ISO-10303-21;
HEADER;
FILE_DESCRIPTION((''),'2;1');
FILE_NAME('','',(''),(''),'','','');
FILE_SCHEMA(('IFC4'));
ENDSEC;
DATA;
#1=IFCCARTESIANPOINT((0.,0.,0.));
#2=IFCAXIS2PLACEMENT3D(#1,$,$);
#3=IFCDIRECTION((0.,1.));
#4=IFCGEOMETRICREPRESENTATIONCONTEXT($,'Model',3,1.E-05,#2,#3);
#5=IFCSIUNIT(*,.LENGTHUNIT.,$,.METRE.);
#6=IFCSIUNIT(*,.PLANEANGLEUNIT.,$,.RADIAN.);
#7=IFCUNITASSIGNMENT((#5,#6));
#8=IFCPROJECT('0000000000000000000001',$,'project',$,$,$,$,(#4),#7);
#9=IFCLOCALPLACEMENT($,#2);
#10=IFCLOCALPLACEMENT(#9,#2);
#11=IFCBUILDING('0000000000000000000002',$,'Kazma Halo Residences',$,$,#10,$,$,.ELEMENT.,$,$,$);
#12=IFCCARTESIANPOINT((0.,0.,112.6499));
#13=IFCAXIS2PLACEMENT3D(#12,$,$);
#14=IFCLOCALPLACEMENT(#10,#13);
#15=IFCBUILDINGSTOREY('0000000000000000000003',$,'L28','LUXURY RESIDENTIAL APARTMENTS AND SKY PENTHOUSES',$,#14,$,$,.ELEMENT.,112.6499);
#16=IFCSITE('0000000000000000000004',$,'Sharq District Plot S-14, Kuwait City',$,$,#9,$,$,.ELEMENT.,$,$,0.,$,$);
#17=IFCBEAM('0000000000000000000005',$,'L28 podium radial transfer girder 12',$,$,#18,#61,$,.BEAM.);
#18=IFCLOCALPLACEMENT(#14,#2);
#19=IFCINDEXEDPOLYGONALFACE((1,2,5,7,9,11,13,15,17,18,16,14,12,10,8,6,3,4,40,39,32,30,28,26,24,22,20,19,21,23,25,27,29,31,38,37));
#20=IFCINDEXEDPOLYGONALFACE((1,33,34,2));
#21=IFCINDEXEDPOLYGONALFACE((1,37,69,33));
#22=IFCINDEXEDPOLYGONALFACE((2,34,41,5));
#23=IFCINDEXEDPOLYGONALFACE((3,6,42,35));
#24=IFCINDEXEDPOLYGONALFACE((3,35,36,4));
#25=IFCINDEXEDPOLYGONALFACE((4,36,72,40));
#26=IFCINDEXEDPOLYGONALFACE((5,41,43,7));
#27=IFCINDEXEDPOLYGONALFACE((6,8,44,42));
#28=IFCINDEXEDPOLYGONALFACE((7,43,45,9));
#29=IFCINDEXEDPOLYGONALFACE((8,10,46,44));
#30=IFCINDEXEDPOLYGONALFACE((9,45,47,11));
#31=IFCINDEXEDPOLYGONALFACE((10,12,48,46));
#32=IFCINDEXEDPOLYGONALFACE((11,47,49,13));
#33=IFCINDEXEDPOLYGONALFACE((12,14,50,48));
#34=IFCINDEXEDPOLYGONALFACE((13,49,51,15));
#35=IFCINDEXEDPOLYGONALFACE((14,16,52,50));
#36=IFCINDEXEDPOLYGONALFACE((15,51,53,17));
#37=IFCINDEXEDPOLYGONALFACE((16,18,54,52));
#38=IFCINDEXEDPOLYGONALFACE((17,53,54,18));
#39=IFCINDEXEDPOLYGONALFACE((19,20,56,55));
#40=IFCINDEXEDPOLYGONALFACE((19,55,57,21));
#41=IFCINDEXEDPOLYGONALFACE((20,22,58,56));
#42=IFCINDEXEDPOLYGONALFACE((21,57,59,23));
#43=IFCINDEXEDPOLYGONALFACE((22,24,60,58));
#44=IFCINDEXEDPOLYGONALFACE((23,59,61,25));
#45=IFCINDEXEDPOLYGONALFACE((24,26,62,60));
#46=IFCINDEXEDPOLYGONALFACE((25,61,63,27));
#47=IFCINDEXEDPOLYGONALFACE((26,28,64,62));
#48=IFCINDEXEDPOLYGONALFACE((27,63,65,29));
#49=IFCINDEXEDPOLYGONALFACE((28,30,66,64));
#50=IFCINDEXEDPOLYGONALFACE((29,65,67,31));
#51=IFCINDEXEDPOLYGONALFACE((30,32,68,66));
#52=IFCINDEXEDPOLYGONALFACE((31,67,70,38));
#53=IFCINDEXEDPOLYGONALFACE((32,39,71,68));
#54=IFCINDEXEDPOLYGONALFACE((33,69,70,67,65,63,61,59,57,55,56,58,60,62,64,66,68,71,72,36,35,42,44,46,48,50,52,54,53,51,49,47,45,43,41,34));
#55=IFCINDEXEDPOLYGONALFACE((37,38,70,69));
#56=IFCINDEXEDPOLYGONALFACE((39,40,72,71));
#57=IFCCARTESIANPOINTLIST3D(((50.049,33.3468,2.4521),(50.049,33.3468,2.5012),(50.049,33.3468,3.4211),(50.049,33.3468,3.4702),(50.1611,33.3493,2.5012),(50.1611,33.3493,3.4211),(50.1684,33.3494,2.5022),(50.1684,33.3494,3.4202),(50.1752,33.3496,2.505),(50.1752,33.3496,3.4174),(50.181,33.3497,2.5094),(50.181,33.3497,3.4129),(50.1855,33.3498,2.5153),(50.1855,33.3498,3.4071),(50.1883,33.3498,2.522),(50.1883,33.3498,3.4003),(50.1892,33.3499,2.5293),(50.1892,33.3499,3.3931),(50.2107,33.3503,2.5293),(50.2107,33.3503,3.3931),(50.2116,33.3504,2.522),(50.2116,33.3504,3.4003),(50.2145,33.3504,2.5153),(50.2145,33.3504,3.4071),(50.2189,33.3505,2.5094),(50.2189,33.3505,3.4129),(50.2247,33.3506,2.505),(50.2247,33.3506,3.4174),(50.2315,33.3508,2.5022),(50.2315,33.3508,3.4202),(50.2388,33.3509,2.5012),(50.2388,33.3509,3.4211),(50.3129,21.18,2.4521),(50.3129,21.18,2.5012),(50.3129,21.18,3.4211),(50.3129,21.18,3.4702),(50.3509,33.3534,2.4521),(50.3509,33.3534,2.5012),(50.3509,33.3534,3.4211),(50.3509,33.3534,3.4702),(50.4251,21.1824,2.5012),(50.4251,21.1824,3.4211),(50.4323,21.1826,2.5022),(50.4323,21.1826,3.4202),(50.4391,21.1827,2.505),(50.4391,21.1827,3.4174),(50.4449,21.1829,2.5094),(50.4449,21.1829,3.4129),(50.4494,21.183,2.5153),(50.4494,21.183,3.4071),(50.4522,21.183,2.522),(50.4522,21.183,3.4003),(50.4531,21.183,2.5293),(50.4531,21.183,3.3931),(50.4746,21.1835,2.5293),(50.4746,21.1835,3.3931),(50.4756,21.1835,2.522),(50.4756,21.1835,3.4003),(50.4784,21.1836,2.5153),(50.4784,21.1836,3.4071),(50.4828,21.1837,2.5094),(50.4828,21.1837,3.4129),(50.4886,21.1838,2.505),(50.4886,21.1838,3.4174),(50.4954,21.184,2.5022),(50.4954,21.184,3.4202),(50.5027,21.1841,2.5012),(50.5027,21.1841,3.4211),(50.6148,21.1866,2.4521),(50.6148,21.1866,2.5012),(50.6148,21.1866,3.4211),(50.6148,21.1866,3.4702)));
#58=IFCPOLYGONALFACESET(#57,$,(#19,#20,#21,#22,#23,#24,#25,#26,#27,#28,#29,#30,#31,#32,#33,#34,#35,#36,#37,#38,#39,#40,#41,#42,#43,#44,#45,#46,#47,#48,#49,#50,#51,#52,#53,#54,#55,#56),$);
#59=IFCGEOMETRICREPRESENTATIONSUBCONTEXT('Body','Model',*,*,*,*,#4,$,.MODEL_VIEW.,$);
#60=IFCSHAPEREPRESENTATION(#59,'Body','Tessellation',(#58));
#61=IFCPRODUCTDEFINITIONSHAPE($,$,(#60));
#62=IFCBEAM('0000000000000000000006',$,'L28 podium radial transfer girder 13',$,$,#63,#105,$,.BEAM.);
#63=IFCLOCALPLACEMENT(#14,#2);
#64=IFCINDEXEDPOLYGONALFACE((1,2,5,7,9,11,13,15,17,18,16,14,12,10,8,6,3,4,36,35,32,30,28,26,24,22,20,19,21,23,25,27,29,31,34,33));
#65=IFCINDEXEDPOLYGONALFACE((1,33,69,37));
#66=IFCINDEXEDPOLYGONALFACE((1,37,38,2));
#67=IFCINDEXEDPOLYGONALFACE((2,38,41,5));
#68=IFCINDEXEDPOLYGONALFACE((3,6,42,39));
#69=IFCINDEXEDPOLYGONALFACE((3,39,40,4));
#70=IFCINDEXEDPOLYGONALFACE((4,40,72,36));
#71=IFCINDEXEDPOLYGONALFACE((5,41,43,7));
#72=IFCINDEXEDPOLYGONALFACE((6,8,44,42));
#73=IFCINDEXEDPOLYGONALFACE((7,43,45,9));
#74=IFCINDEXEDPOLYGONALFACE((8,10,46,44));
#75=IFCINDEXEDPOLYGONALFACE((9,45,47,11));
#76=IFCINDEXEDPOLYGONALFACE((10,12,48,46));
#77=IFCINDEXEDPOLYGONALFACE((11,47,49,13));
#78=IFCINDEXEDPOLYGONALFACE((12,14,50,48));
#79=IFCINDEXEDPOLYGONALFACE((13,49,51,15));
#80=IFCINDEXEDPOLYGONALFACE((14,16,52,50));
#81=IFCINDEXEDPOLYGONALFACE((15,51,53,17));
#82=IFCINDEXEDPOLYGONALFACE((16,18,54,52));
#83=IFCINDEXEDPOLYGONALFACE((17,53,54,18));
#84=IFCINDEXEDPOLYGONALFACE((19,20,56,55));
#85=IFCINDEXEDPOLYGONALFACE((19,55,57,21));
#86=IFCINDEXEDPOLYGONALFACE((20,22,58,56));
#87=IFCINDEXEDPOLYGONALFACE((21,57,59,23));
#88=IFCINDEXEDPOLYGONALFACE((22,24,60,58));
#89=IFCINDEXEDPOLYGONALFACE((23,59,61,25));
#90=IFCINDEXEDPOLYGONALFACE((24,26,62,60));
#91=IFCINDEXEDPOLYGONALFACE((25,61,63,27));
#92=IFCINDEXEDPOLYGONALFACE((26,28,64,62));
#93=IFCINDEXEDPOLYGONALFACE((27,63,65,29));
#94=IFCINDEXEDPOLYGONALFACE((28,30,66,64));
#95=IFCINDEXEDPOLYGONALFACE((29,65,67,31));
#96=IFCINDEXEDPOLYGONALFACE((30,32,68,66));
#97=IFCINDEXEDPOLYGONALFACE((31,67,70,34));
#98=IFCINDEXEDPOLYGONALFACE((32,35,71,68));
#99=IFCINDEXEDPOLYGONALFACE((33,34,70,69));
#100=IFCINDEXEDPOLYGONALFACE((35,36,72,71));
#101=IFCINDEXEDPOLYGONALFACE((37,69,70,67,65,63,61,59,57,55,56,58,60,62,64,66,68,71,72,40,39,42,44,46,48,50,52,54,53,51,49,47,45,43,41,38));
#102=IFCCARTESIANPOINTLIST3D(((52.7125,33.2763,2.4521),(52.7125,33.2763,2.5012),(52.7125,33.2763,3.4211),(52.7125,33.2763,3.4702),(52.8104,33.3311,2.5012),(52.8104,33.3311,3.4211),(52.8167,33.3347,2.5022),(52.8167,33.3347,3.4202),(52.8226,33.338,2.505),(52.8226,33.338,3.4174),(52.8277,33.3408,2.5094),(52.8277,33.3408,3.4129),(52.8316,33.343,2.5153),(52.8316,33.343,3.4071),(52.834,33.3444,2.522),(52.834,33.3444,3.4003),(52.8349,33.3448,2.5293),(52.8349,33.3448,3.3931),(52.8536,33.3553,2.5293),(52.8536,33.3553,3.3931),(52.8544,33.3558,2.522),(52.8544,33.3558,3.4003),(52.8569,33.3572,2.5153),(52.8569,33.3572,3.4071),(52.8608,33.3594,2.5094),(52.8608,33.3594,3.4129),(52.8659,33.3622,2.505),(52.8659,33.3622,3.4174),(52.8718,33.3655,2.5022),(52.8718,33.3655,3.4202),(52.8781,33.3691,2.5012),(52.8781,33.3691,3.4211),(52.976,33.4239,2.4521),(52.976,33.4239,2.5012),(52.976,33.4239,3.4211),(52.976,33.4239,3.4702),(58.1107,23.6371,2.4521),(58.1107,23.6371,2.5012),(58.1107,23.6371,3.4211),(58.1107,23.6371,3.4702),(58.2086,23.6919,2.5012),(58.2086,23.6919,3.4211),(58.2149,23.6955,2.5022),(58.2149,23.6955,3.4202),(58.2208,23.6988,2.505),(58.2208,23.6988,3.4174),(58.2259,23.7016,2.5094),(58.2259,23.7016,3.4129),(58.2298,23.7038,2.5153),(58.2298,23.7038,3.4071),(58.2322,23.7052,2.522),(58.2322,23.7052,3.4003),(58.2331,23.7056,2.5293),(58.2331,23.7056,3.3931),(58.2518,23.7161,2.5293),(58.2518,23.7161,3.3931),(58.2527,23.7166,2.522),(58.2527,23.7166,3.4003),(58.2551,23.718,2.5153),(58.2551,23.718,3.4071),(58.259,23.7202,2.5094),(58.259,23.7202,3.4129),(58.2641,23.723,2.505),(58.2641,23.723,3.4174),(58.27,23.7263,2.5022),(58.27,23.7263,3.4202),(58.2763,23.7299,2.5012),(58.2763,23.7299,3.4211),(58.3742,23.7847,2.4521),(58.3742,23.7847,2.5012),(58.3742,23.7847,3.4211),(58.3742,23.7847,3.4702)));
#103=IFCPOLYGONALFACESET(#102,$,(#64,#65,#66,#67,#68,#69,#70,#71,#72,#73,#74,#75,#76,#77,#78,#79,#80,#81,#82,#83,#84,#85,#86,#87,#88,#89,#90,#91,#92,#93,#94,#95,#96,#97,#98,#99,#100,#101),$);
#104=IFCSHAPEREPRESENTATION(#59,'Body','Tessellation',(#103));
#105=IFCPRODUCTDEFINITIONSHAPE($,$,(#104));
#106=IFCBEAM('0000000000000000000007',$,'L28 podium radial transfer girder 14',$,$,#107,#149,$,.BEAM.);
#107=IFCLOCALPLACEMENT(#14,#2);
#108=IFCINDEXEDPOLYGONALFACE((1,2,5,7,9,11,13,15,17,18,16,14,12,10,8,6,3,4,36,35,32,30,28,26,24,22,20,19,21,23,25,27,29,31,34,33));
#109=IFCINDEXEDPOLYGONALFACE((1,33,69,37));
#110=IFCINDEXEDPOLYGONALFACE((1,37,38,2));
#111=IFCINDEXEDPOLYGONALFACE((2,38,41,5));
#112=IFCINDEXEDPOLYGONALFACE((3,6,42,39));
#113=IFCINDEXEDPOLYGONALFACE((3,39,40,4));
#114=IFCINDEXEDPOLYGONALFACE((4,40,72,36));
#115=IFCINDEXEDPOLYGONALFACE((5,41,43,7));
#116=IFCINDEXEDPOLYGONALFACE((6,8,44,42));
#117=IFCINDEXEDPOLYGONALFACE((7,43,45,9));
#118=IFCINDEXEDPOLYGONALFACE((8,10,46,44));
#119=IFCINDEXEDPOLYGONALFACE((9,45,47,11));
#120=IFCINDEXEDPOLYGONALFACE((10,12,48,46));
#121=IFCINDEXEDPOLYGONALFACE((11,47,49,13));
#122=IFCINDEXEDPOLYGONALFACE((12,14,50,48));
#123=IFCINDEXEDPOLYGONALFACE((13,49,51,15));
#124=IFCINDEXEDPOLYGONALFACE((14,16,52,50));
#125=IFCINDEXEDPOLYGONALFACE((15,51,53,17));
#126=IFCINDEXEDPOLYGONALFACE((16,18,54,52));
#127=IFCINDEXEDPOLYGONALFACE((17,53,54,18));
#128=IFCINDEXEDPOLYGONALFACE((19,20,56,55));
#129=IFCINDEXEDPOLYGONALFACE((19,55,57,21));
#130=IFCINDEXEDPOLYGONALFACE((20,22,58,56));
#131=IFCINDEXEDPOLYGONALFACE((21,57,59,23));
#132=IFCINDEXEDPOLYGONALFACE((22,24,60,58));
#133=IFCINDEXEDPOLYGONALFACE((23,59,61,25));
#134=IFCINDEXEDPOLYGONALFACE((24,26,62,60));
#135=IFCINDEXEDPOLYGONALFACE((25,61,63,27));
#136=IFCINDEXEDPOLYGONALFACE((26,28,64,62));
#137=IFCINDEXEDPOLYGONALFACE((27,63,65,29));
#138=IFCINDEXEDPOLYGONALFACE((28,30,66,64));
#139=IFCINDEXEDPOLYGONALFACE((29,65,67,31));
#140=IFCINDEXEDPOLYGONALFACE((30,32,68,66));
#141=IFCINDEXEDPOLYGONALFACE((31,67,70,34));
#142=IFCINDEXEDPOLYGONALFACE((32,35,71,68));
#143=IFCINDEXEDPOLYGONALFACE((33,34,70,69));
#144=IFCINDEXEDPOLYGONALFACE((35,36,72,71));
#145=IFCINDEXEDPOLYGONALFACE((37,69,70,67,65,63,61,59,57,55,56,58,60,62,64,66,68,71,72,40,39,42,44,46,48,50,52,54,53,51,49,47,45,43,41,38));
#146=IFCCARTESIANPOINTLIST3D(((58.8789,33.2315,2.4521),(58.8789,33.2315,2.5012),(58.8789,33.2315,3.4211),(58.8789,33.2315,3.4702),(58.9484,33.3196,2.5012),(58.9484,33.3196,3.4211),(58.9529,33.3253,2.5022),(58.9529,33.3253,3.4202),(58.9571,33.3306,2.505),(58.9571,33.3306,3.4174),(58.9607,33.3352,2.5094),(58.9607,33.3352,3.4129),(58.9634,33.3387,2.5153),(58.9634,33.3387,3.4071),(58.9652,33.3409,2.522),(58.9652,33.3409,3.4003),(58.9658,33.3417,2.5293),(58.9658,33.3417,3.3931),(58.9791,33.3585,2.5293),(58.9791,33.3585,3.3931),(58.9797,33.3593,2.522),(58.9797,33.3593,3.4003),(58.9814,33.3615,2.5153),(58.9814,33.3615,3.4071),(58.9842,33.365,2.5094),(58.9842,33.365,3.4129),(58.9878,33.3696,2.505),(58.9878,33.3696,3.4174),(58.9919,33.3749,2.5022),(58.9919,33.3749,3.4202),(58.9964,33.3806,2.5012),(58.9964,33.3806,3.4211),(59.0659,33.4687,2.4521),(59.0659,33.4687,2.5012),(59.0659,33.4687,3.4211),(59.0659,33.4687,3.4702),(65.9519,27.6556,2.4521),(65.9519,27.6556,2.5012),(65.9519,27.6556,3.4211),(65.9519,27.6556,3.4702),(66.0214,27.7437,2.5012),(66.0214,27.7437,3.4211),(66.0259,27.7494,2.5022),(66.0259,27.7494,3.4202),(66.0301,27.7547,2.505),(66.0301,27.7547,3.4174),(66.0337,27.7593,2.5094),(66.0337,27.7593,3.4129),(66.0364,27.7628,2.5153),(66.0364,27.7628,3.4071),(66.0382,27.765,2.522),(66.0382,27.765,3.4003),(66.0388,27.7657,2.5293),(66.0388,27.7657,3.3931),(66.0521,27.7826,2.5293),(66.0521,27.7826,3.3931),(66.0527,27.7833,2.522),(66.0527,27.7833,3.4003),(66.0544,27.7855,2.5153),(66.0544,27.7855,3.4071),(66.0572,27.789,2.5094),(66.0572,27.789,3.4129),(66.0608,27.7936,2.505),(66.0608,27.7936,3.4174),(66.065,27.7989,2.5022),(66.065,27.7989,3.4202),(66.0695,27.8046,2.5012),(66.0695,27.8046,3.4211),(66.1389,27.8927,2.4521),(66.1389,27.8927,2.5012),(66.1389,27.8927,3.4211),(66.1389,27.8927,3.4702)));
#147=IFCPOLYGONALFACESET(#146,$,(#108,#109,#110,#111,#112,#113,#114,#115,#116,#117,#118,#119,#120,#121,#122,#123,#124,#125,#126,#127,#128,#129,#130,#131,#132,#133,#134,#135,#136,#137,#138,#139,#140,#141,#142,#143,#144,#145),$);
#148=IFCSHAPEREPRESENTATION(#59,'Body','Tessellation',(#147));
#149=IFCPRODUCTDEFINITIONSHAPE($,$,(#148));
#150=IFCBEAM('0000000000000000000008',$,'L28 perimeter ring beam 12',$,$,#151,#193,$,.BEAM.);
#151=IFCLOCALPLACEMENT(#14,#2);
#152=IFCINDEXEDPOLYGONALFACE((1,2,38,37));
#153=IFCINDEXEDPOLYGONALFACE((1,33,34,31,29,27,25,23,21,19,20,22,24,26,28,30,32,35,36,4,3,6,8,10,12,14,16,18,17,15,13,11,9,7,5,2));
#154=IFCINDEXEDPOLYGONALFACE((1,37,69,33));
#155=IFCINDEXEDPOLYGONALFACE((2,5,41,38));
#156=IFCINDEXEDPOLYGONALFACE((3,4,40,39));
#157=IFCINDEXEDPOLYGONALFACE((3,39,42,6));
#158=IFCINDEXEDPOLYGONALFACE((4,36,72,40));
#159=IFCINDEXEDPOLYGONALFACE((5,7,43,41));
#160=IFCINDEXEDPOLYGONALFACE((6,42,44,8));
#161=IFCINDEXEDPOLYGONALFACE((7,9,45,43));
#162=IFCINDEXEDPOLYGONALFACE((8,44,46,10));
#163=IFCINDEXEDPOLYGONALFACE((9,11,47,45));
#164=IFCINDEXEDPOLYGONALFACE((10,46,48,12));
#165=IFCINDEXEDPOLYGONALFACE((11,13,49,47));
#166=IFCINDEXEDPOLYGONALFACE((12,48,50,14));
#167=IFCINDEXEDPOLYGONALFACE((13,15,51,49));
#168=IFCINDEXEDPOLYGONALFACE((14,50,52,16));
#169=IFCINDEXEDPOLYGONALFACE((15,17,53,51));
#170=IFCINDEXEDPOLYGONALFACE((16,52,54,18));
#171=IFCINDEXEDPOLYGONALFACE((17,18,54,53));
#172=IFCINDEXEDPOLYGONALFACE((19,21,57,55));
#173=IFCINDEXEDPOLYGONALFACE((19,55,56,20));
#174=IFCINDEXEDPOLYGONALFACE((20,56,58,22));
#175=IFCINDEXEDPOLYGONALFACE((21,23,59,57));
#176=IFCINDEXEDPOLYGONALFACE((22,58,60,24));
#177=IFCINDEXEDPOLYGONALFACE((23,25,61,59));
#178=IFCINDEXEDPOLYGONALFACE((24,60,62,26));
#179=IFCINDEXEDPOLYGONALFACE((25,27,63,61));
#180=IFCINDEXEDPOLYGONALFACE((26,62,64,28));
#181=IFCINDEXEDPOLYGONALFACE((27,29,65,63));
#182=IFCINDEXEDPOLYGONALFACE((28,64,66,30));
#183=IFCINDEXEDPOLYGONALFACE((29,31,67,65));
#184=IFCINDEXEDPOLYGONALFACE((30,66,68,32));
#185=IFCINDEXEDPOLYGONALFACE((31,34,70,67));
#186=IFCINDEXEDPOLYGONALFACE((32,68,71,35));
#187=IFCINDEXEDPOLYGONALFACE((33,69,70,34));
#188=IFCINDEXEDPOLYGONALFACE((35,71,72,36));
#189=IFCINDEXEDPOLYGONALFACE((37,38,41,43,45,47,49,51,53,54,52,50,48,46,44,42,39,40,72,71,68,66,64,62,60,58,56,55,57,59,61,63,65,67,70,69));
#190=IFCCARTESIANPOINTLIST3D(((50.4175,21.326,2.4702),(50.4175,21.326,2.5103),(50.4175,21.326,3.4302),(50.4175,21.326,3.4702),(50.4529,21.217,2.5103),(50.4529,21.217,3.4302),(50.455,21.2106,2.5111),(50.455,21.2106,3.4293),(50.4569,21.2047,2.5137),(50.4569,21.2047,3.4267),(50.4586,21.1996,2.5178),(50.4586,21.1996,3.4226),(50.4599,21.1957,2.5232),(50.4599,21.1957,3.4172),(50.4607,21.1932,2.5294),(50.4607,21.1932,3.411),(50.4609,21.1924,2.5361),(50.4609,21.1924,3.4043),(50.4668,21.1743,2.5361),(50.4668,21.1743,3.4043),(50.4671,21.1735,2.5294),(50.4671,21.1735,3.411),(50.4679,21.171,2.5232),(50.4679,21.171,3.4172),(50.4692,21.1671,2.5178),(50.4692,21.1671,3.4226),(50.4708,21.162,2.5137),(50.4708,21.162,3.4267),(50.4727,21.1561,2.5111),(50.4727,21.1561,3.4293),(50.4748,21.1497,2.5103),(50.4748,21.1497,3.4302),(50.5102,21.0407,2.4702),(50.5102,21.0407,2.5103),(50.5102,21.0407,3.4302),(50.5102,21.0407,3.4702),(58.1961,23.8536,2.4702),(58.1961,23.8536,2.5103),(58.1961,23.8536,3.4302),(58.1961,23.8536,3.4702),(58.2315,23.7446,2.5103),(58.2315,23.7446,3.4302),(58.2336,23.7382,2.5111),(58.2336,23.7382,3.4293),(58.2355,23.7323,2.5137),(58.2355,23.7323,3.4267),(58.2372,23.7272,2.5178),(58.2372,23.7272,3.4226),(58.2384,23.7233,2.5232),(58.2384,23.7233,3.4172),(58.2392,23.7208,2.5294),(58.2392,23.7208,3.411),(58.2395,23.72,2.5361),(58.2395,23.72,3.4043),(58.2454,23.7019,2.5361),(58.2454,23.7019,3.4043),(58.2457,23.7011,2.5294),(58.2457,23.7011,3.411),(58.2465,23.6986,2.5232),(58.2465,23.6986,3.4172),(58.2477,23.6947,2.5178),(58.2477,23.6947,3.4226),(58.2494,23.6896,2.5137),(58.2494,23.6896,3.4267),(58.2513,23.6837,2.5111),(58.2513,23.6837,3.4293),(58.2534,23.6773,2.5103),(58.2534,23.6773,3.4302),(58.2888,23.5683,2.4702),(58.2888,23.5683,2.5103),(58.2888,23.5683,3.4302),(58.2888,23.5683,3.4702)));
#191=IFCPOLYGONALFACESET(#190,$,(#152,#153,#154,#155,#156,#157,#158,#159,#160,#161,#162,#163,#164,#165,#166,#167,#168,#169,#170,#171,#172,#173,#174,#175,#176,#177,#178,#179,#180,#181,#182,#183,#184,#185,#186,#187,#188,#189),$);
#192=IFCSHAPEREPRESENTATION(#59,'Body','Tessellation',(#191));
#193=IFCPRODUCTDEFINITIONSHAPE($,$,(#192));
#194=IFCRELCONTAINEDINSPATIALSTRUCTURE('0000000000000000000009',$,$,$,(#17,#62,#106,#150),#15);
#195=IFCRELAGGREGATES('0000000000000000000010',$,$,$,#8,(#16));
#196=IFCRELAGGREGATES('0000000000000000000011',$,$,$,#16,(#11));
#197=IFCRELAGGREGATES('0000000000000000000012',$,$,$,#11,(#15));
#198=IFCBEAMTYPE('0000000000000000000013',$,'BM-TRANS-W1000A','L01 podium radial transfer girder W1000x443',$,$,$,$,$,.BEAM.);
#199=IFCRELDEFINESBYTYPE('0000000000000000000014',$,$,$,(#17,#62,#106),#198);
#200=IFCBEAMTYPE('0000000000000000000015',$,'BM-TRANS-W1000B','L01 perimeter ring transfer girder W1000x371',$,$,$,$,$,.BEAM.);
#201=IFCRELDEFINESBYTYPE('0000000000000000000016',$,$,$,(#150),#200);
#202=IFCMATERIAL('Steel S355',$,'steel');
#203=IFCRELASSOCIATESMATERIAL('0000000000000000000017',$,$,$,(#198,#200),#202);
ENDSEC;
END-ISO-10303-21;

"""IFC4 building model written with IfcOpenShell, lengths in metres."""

from ifc_helpers import new_model, si_unit, direction, frame, origin, origin_2d, place, context, subcontext, project, spatial, i_section, extrude, material, material_profile, profile_set, type_object, element, save


model = new_model("IFC4")

# Units and contexts
model_context = context("Model", 3, precision=1e-05, world=origin(), true_north=direction((0.0, 1.0)))
body_context = subcontext(model_context, "Body", "Model", "MODEL_VIEW")
ifc_project = project(units=[si_unit("LENGTHUNIT", "METRE"), si_unit("PLANEANGLEUNIT", "RADIAN")], contexts=[model_context])

# Site, building, storey
site_placement = place(None, origin())
site = spatial("IfcSite", under=ifc_project, at=site_placement, Name="Sharq District Plot S-14, Kuwait City", CompositionType="ELEMENT", RefElevation=0.0)
building_placement = place(site_placement, origin())
building = spatial("IfcBuilding", under=site, at=building_placement, Name="Kazma Halo Residences", CompositionType="ELEMENT")
storey_placement = place(building_placement, frame((0.0, 0.0, 112.6499)))
storey = spatial("IfcBuildingStorey", under=building, at=storey_placement, Name="L28", Description="LUXURY RESIDENTIAL APARTMENTS AND SKY PENTHOUSES", CompositionType="ELEMENT", Elevation=112.6499)

# Beams
ifc_material_1 = material(Name="Steel S355", Category="steel")
ifc_material_profile_1 = material_profile(ifc_material_1, i_section(OverallWidth=0.302, OverallDepth=1.0181, WebThickness=0.0215, FlangeThickness=0.0491, FilletRadius=0.0281, at=origin_2d()), Name="W1000x443")
ifc_profile_set_1 = profile_set([ifc_material_profile_1], Name="Steel S355")
beam_type_1 = type_object("IfcBeamType", Name="BM-TRANS-W1000A", Description="L01 podium radial transfer girder W1000x443", PredefinedType="BEAM", material=ifc_profile_set_1)
beam_1_placement = place(storey_placement, frame((50.2, 33.3501, 2.9612), z_axis=(0.021686, -0.999765, 0.0), x_axis=(0.999765, 0.021686, 0.0)))
element("IfcBeam", 1, at=beam_1_placement, inside=storey, type_object=beam_type_1, Name="L28 podium radial transfer girder 12", PredefinedType="BEAM", context=body_context, shape_type="SweptSolid", body=[
    extrude(i_section(OverallWidth=0.302, OverallDepth=1.0181, WebThickness=0.0215, FlangeThickness=0.0491, FilletRadius=0.0281, at=origin_2d()), origin(), (0.0, 0.0, 1.0), 12.1697),
])
beam_2_placement = place(storey_placement, frame((52.8442, 33.3501, 2.9612), z_axis=(0.488622, -0.872496, 0.0), x_axis=(0.872496, 0.488622, 0.0)))
element("IfcBeam", 2, at=beam_2_placement, inside=storey, type_object=beam_type_1, Name="L28 podium radial transfer girder 13", PredefinedType="BEAM", context=body_context, shape_type="SweptSolid", body=[
    extrude(i_section(OverallWidth=0.302, OverallDepth=1.0181, WebThickness=0.0215, FlangeThickness=0.0491, FilletRadius=0.0281, at=origin_2d()), origin(), (0.0, 0.0, 1.0), 11.0479),
])
beam_3_placement = place(storey_placement, frame((58.9724, 33.3501, 2.9612), z_axis=(0.785316, -0.619096, 0.0), x_axis=(0.619096, 0.785316, 0.0)))
element("IfcBeam", 3, at=beam_3_placement, inside=storey, type_object=beam_type_1, Name="L28 podium radial transfer girder 14", PredefinedType="BEAM", context=body_context, shape_type="SweptSolid", body=[
    extrude(i_section(OverallWidth=0.302, OverallDepth=1.0181, WebThickness=0.0215, FlangeThickness=0.0491, FilletRadius=0.0281, at=origin_2d()), origin(), (0.0, 0.0, 1.0), 9.0066),
])
ifc_material_profile_2 = material_profile(ifc_material_1, i_section(OverallWidth=0.3, OverallDepth=1.0, WebThickness=0.019, FlangeThickness=0.04, FilletRadius=0.0259, at=origin_2d()), Name="W1000x371")
ifc_profile_set_2 = profile_set([ifc_material_profile_2], Name="Steel S355")
beam_type_2 = type_object("IfcBeamType", Name="BM-TRANS-W1000B", Description="L01 perimeter ring transfer girder W1000x371", PredefinedType="BEAM", material=ifc_profile_set_2)
beam_4_placement = place(storey_placement, frame((50.4639, 21.1833, 2.9702), z_axis=(0.95105, 0.309037, 0.0), x_axis=(-0.309037, 0.95105, 0.0)))
element("IfcBeam", 4, at=beam_4_placement, inside=storey, type_object=beam_type_2, Name="L28 perimeter ring beam 12", PredefinedType="BEAM", context=body_context, shape_type="SweptSolid", body=[
    extrude(i_section(OverallWidth=0.3, OverallDepth=1.0, WebThickness=0.019, FlangeThickness=0.04, FilletRadius=0.0259, at=origin_2d()), origin(), (0.0, 0.0, 1.0), 8.179),
])

save(model, "model.ifc")
